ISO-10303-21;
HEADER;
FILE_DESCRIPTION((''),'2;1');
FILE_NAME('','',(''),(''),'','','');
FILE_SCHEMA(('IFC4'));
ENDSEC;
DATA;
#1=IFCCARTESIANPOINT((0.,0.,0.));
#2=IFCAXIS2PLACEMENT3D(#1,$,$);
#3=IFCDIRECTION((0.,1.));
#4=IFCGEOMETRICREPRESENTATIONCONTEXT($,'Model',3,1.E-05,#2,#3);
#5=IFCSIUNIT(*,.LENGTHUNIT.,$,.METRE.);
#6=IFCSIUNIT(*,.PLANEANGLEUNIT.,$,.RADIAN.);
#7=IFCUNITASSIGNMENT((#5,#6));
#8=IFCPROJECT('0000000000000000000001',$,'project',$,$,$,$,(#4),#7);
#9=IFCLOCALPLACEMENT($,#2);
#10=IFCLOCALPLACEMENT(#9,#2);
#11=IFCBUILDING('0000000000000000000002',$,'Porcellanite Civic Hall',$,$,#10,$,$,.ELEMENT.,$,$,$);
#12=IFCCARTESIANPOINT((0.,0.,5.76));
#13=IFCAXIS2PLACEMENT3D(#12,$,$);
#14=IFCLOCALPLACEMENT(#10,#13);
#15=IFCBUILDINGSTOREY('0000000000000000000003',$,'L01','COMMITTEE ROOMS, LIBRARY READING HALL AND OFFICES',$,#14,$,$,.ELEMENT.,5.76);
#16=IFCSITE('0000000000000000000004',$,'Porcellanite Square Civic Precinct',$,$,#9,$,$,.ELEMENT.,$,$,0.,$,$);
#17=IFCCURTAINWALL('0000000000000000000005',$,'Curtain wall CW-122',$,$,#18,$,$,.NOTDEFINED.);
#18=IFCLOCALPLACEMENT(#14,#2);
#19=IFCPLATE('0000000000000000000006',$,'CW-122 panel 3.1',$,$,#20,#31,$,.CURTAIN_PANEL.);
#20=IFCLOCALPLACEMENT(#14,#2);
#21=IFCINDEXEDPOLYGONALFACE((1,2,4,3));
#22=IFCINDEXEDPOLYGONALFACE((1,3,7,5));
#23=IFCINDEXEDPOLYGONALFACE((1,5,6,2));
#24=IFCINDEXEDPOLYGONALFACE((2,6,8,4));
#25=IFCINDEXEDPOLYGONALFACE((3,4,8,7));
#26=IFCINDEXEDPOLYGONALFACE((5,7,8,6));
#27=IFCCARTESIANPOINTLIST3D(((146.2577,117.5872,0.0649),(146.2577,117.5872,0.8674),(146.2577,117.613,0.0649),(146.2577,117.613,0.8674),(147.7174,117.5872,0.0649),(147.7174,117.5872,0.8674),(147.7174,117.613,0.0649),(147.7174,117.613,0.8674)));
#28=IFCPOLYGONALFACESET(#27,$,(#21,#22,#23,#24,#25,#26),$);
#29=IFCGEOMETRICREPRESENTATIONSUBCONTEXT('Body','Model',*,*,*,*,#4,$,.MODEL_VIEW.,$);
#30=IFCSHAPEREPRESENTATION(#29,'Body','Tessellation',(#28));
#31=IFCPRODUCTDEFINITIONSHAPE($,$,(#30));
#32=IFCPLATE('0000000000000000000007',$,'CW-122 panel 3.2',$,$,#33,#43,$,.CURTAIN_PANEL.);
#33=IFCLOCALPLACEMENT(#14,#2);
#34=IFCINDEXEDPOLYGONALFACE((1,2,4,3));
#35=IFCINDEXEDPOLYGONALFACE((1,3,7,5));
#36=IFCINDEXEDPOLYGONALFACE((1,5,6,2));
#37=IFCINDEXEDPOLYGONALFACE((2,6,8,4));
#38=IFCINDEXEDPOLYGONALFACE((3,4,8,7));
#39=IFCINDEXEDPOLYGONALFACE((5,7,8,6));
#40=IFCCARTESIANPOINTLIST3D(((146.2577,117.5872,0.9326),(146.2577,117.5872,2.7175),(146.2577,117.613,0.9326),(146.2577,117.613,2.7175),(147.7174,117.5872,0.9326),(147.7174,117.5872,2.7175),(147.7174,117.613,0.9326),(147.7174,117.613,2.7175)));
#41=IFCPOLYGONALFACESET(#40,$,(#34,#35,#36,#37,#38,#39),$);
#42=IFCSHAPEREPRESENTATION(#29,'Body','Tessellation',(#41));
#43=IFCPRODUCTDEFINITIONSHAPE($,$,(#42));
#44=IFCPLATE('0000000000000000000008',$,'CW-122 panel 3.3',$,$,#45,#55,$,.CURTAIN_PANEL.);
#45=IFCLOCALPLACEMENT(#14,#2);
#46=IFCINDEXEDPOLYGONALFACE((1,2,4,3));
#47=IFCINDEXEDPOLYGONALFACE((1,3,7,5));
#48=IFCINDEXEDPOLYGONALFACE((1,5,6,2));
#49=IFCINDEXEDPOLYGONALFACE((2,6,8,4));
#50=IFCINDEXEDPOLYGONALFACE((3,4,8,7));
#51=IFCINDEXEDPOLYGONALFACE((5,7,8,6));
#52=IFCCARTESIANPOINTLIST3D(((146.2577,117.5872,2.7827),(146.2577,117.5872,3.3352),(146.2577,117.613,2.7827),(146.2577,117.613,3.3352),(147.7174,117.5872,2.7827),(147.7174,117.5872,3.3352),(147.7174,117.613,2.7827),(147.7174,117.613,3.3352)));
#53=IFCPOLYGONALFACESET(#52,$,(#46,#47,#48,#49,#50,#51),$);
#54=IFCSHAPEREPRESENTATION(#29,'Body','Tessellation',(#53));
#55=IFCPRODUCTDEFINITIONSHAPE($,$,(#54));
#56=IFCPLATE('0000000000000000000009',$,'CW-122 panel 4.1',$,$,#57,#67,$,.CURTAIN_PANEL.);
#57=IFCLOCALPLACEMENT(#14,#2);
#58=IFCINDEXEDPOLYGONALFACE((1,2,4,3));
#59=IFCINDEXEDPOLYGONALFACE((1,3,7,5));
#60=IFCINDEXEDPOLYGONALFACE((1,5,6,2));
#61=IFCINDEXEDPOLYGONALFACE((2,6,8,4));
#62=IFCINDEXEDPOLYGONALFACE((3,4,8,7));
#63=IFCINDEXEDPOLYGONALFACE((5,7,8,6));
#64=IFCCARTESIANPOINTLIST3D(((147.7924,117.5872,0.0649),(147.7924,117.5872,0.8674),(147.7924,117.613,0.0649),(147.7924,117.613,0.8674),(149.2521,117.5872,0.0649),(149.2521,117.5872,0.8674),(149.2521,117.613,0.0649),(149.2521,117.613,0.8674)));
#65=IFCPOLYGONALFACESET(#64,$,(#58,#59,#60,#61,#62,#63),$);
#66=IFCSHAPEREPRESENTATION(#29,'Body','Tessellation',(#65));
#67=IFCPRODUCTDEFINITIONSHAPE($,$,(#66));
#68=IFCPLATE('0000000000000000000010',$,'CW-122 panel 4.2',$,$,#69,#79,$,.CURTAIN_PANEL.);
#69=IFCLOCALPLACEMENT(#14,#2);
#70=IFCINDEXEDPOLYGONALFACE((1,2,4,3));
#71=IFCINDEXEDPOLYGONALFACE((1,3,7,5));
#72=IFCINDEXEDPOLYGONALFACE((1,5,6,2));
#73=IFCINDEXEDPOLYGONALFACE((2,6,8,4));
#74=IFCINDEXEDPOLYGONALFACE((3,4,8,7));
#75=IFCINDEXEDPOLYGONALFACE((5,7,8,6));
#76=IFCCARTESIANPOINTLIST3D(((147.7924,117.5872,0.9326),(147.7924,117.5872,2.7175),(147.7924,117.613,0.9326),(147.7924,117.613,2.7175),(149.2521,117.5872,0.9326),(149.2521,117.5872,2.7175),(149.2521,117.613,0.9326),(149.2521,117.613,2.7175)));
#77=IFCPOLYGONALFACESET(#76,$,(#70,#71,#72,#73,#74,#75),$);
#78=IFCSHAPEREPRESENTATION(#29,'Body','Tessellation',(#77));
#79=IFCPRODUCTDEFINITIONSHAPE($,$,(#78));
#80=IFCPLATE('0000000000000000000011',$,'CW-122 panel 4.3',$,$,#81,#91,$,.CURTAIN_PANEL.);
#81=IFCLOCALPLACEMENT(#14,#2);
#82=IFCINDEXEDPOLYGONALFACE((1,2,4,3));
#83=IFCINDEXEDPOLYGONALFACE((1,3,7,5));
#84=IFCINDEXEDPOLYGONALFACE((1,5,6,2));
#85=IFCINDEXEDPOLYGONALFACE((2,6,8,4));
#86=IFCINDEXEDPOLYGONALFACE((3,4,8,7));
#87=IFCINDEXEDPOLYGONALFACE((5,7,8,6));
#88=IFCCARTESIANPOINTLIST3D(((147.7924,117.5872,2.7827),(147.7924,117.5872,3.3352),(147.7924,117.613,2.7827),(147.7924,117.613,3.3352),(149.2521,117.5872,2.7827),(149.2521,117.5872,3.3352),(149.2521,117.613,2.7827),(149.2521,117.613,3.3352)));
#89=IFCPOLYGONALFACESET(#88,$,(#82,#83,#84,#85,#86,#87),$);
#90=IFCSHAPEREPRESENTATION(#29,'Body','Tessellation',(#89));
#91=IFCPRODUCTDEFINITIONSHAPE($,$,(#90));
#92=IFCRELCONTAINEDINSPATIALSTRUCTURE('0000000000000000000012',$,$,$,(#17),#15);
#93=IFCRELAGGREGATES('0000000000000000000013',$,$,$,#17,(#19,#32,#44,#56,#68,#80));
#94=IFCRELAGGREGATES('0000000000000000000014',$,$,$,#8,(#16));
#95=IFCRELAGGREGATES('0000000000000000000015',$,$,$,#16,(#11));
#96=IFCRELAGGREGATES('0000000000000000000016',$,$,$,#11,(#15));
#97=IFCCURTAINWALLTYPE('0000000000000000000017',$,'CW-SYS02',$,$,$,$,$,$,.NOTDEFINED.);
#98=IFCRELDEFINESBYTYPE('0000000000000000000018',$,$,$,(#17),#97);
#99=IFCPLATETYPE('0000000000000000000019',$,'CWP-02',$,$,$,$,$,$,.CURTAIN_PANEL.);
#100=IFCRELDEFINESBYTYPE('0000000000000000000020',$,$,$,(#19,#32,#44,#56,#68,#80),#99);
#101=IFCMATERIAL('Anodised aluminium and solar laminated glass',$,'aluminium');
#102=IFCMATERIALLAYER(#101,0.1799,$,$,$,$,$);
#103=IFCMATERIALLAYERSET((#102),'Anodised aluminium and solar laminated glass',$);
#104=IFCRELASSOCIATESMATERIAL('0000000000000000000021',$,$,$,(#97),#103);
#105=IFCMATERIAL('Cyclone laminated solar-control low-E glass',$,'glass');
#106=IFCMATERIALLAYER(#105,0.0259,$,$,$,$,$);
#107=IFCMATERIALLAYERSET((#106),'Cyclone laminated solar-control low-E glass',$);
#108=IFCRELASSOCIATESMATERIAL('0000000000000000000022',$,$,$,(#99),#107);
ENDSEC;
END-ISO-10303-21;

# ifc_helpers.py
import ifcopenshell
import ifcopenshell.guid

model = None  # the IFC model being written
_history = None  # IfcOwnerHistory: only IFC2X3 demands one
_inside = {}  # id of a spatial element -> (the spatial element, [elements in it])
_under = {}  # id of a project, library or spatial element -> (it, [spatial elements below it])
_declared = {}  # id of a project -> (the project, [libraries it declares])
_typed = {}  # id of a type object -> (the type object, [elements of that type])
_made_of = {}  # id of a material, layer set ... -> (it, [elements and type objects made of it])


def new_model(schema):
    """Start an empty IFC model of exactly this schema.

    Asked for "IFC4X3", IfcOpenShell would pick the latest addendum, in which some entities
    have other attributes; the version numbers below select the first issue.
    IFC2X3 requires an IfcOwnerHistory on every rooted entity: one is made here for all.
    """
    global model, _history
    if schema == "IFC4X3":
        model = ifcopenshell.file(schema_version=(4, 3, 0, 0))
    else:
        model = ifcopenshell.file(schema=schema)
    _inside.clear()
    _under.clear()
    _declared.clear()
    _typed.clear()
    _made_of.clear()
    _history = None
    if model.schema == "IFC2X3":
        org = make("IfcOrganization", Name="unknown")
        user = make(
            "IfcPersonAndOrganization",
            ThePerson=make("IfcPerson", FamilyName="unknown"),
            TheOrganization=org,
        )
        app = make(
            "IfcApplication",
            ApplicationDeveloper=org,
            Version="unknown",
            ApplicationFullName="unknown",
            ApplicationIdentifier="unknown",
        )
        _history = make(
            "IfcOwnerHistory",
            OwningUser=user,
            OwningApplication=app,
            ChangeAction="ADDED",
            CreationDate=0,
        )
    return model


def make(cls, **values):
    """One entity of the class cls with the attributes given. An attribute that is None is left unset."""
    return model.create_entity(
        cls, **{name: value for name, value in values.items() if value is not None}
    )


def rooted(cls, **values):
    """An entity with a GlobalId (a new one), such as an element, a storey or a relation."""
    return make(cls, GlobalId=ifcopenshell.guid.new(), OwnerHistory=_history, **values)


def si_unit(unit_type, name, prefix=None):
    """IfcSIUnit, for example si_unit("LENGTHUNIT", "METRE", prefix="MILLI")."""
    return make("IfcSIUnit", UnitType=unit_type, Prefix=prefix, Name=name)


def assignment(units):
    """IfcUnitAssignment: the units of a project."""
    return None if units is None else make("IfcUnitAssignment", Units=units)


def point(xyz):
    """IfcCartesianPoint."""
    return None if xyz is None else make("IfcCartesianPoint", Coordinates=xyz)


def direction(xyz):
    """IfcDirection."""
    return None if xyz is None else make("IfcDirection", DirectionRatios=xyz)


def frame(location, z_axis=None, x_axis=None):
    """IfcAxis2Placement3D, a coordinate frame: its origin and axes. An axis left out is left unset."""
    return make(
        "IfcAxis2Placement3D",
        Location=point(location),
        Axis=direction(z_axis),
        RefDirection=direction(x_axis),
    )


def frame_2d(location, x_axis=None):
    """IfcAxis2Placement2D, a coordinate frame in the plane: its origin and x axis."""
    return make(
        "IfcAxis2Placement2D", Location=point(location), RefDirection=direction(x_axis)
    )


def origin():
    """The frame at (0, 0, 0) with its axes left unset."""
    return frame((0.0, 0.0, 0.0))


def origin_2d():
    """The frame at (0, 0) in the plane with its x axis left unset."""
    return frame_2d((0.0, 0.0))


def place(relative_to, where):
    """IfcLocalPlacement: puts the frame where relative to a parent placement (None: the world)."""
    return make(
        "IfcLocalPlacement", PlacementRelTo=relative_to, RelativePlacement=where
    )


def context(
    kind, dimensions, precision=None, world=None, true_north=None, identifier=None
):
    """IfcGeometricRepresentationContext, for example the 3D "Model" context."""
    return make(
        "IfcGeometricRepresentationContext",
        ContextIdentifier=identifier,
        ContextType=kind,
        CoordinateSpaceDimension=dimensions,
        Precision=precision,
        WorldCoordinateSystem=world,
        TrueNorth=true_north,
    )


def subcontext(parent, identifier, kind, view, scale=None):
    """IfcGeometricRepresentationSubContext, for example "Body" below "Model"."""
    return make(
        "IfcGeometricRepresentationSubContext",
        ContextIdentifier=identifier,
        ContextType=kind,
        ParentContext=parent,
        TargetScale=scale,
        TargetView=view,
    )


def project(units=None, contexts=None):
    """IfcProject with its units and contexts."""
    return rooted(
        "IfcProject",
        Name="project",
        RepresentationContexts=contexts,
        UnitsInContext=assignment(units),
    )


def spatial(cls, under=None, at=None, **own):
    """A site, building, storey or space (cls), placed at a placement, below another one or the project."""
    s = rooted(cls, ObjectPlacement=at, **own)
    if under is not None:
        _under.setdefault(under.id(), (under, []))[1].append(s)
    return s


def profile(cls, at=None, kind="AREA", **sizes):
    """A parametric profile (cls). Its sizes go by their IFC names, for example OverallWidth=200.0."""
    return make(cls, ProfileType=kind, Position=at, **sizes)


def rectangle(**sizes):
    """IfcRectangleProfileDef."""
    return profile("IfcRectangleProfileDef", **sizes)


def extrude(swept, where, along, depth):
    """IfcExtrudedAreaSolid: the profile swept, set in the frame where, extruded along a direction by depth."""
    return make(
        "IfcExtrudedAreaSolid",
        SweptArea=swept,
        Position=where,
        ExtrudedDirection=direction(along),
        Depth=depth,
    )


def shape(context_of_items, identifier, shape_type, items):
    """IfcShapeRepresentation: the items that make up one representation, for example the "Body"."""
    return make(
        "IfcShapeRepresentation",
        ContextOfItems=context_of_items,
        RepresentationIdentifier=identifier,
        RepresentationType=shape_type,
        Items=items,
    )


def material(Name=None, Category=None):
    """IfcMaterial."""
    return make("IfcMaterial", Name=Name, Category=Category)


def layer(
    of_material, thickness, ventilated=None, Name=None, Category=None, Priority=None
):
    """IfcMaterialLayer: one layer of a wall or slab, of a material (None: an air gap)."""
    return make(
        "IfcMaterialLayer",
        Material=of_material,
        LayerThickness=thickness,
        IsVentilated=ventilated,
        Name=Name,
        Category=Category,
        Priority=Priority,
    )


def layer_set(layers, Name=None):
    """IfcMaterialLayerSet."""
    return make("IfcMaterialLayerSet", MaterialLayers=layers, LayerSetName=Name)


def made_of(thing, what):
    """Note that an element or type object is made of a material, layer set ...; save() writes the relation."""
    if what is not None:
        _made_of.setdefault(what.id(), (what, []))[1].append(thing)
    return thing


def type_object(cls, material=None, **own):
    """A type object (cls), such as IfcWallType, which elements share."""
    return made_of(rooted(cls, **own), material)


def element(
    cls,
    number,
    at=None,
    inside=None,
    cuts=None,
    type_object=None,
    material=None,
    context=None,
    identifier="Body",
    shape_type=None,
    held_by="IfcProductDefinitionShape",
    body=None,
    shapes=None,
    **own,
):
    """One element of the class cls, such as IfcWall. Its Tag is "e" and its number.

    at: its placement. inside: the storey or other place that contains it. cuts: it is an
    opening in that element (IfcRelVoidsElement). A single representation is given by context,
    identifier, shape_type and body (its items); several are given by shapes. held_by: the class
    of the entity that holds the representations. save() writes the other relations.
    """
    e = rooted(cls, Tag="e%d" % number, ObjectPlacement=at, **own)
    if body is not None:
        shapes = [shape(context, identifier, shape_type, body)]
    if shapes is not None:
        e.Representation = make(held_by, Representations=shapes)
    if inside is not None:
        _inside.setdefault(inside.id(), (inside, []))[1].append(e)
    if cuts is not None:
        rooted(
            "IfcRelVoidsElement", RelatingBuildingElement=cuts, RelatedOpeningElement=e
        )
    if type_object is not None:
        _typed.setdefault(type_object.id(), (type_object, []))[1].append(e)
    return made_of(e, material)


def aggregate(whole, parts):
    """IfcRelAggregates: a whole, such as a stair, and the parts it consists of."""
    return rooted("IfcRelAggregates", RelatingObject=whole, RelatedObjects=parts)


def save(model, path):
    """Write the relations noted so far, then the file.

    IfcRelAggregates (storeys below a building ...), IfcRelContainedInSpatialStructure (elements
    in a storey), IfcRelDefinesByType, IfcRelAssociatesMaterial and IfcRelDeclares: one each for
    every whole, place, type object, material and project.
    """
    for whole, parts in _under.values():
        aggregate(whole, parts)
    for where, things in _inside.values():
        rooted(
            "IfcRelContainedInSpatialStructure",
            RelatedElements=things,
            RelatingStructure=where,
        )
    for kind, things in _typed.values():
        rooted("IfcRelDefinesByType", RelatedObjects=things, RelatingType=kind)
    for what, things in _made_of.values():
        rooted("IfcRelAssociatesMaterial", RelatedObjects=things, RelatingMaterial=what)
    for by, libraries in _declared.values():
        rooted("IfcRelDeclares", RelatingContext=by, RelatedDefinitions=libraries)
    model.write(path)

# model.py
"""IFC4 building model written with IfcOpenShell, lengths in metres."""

from ifc_helpers import new_model, si_unit, direction, frame, origin, origin_2d, place, context, subcontext, project, spatial, rectangle, extrude, material, layer, layer_set, type_object, element, aggregate, save


model = new_model("IFC4")

# Units and contexts
model_context = context("Model", 3, precision=1e-05, world=origin(), true_north=direction((0.0, 1.0)))
body_context = subcontext(model_context, "Body", "Model", "MODEL_VIEW")
ifc_project = project(units=[si_unit("LENGTHUNIT", "METRE"), si_unit("PLANEANGLEUNIT", "RADIAN")], contexts=[model_context])

# Site, building, storey
site_placement = place(None, origin())
site = spatial("IfcSite", under=ifc_project, at=site_placement, Name="Porcellanite Square Civic Precinct", CompositionType="ELEMENT", RefElevation=0.0)
building_placement = place(site_placement, origin())
building = spatial("IfcBuilding", under=site, at=building_placement, Name="Porcellanite Civic Hall", CompositionType="ELEMENT")
storey_placement = place(building_placement, frame((0.0, 0.0, 5.76)))
storey = spatial("IfcBuildingStorey", under=building, at=storey_placement, Name="L01", Description="COMMITTEE ROOMS, LIBRARY READING HALL AND OFFICES", CompositionType="ELEMENT", Elevation=5.76)

# Curtain wall
ifc_material_1 = material(Name="Anodised aluminium and solar laminated glass", Category="aluminium")
ifc_layer_1 = layer(ifc_material_1, 0.1799)
ifc_layer_set_1 = layer_set([ifc_layer_1], Name="Anodised aluminium and solar laminated glass")
curtain_wall_type = type_object("IfcCurtainWallType", Name="CW-SYS02", PredefinedType="NOTDEFINED", material=ifc_layer_set_1)
curtain_wall_placement = place(storey_placement, origin())
curtain_wall = element("IfcCurtainWall", 1, at=curtain_wall_placement, inside=storey, type_object=curtain_wall_type, Name="Curtain wall CW-122", PredefinedType="NOTDEFINED")

# Plates
ifc_material_2 = material(Name="Cyclone laminated solar-control low-E glass", Category="glass")
ifc_layer_2 = layer(ifc_material_2, 0.0259)
ifc_layer_set_2 = layer_set([ifc_layer_2], Name="Cyclone laminated solar-control low-E glass")
plate_type = type_object("IfcPlateType", Name="CWP-02", PredefinedType="CURTAIN_PANEL", material=ifc_layer_set_2)
plate_1_placement = place(storey_placement, frame((146.9875, 117.6001, 0.0649), z_axis=(0.0, 0.0, 1.0), x_axis=(1.0, 0.0, 0.0)))
plate_1 = element("IfcPlate", 2, at=plate_1_placement, type_object=plate_type, Name="CW-122 panel 3.1", PredefinedType="CURTAIN_PANEL", context=body_context, shape_type="SweptSolid", body=[
    extrude(rectangle(XDim=1.4597, YDim=0.0259, at=origin_2d()), origin(), (0.0, 0.0, 1.0), 0.8025),
])
plate_2_placement = place(storey_placement, frame((146.9875, 117.6001, 0.9326), z_axis=(0.0, 0.0, 1.0), x_axis=(1.0, 0.0, 0.0)))
plate_2 = element("IfcPlate", 3, at=plate_2_placement, type_object=plate_type, Name="CW-122 panel 3.2", PredefinedType="CURTAIN_PANEL", context=body_context, shape_type="SweptSolid", body=[
    extrude(rectangle(XDim=1.4597, YDim=0.0259, at=origin_2d()), origin(), (0.0, 0.0, 1.0), 1.7849),
])
plate_3_placement = place(storey_placement, frame((146.9875, 117.6001, 2.7827), z_axis=(0.0, 0.0, 1.0), x_axis=(1.0, 0.0, 0.0)))
plate_3 = element("IfcPlate", 4, at=plate_3_placement, type_object=plate_type, Name="CW-122 panel 3.3", PredefinedType="CURTAIN_PANEL", context=body_context, shape_type="SweptSolid", body=[
    extrude(rectangle(XDim=1.4597, YDim=0.0259, at=origin_2d()), origin(), (0.0, 0.0, 1.0), 0.5525),
])
plate_4_placement = place(storey_placement, frame((148.5222, 117.6001, 0.0649), z_axis=(0.0, 0.0, 1.0), x_axis=(1.0, 0.0, 0.0)))
plate_4 = element("IfcPlate", 5, at=plate_4_placement, type_object=plate_type, Name="CW-122 panel 4.1", PredefinedType="CURTAIN_PANEL", context=body_context, shape_type="SweptSolid", body=[
    extrude(rectangle(XDim=1.4597, YDim=0.0259, at=origin_2d()), origin(), (0.0, 0.0, 1.0), 0.8025),
])
plate_5_placement = place(storey_placement, frame((148.5222, 117.6001, 0.9326), z_axis=(0.0, 0.0, 1.0), x_axis=(1.0, 0.0, 0.0)))
plate_5 = element("IfcPlate", 6, at=plate_5_placement, type_object=plate_type, Name="CW-122 panel 4.2", PredefinedType="CURTAIN_PANEL", context=body_context, shape_type="SweptSolid", body=[
    extrude(rectangle(XDim=1.4597, YDim=0.0259, at=origin_2d()), origin(), (0.0, 0.0, 1.0), 1.7849),
])
plate_6_placement = place(storey_placement, frame((148.5222, 117.6001, 2.7827), z_axis=(0.0, 0.0, 1.0), x_axis=(1.0, 0.0, 0.0)))
plate_6 = element("IfcPlate", 7, at=plate_6_placement, type_object=plate_type, Name="CW-122 panel 4.3", PredefinedType="CURTAIN_PANEL", context=body_context, shape_type="SweptSolid", body=[
    extrude(rectangle(XDim=1.4597, YDim=0.0259, at=origin_2d()), origin(), (0.0, 0.0, 1.0), 0.5525),
])
aggregate(curtain_wall, [plate_1, plate_2, plate_3, plate_4, plate_5, plate_6])

save(model, "model.ifc")
